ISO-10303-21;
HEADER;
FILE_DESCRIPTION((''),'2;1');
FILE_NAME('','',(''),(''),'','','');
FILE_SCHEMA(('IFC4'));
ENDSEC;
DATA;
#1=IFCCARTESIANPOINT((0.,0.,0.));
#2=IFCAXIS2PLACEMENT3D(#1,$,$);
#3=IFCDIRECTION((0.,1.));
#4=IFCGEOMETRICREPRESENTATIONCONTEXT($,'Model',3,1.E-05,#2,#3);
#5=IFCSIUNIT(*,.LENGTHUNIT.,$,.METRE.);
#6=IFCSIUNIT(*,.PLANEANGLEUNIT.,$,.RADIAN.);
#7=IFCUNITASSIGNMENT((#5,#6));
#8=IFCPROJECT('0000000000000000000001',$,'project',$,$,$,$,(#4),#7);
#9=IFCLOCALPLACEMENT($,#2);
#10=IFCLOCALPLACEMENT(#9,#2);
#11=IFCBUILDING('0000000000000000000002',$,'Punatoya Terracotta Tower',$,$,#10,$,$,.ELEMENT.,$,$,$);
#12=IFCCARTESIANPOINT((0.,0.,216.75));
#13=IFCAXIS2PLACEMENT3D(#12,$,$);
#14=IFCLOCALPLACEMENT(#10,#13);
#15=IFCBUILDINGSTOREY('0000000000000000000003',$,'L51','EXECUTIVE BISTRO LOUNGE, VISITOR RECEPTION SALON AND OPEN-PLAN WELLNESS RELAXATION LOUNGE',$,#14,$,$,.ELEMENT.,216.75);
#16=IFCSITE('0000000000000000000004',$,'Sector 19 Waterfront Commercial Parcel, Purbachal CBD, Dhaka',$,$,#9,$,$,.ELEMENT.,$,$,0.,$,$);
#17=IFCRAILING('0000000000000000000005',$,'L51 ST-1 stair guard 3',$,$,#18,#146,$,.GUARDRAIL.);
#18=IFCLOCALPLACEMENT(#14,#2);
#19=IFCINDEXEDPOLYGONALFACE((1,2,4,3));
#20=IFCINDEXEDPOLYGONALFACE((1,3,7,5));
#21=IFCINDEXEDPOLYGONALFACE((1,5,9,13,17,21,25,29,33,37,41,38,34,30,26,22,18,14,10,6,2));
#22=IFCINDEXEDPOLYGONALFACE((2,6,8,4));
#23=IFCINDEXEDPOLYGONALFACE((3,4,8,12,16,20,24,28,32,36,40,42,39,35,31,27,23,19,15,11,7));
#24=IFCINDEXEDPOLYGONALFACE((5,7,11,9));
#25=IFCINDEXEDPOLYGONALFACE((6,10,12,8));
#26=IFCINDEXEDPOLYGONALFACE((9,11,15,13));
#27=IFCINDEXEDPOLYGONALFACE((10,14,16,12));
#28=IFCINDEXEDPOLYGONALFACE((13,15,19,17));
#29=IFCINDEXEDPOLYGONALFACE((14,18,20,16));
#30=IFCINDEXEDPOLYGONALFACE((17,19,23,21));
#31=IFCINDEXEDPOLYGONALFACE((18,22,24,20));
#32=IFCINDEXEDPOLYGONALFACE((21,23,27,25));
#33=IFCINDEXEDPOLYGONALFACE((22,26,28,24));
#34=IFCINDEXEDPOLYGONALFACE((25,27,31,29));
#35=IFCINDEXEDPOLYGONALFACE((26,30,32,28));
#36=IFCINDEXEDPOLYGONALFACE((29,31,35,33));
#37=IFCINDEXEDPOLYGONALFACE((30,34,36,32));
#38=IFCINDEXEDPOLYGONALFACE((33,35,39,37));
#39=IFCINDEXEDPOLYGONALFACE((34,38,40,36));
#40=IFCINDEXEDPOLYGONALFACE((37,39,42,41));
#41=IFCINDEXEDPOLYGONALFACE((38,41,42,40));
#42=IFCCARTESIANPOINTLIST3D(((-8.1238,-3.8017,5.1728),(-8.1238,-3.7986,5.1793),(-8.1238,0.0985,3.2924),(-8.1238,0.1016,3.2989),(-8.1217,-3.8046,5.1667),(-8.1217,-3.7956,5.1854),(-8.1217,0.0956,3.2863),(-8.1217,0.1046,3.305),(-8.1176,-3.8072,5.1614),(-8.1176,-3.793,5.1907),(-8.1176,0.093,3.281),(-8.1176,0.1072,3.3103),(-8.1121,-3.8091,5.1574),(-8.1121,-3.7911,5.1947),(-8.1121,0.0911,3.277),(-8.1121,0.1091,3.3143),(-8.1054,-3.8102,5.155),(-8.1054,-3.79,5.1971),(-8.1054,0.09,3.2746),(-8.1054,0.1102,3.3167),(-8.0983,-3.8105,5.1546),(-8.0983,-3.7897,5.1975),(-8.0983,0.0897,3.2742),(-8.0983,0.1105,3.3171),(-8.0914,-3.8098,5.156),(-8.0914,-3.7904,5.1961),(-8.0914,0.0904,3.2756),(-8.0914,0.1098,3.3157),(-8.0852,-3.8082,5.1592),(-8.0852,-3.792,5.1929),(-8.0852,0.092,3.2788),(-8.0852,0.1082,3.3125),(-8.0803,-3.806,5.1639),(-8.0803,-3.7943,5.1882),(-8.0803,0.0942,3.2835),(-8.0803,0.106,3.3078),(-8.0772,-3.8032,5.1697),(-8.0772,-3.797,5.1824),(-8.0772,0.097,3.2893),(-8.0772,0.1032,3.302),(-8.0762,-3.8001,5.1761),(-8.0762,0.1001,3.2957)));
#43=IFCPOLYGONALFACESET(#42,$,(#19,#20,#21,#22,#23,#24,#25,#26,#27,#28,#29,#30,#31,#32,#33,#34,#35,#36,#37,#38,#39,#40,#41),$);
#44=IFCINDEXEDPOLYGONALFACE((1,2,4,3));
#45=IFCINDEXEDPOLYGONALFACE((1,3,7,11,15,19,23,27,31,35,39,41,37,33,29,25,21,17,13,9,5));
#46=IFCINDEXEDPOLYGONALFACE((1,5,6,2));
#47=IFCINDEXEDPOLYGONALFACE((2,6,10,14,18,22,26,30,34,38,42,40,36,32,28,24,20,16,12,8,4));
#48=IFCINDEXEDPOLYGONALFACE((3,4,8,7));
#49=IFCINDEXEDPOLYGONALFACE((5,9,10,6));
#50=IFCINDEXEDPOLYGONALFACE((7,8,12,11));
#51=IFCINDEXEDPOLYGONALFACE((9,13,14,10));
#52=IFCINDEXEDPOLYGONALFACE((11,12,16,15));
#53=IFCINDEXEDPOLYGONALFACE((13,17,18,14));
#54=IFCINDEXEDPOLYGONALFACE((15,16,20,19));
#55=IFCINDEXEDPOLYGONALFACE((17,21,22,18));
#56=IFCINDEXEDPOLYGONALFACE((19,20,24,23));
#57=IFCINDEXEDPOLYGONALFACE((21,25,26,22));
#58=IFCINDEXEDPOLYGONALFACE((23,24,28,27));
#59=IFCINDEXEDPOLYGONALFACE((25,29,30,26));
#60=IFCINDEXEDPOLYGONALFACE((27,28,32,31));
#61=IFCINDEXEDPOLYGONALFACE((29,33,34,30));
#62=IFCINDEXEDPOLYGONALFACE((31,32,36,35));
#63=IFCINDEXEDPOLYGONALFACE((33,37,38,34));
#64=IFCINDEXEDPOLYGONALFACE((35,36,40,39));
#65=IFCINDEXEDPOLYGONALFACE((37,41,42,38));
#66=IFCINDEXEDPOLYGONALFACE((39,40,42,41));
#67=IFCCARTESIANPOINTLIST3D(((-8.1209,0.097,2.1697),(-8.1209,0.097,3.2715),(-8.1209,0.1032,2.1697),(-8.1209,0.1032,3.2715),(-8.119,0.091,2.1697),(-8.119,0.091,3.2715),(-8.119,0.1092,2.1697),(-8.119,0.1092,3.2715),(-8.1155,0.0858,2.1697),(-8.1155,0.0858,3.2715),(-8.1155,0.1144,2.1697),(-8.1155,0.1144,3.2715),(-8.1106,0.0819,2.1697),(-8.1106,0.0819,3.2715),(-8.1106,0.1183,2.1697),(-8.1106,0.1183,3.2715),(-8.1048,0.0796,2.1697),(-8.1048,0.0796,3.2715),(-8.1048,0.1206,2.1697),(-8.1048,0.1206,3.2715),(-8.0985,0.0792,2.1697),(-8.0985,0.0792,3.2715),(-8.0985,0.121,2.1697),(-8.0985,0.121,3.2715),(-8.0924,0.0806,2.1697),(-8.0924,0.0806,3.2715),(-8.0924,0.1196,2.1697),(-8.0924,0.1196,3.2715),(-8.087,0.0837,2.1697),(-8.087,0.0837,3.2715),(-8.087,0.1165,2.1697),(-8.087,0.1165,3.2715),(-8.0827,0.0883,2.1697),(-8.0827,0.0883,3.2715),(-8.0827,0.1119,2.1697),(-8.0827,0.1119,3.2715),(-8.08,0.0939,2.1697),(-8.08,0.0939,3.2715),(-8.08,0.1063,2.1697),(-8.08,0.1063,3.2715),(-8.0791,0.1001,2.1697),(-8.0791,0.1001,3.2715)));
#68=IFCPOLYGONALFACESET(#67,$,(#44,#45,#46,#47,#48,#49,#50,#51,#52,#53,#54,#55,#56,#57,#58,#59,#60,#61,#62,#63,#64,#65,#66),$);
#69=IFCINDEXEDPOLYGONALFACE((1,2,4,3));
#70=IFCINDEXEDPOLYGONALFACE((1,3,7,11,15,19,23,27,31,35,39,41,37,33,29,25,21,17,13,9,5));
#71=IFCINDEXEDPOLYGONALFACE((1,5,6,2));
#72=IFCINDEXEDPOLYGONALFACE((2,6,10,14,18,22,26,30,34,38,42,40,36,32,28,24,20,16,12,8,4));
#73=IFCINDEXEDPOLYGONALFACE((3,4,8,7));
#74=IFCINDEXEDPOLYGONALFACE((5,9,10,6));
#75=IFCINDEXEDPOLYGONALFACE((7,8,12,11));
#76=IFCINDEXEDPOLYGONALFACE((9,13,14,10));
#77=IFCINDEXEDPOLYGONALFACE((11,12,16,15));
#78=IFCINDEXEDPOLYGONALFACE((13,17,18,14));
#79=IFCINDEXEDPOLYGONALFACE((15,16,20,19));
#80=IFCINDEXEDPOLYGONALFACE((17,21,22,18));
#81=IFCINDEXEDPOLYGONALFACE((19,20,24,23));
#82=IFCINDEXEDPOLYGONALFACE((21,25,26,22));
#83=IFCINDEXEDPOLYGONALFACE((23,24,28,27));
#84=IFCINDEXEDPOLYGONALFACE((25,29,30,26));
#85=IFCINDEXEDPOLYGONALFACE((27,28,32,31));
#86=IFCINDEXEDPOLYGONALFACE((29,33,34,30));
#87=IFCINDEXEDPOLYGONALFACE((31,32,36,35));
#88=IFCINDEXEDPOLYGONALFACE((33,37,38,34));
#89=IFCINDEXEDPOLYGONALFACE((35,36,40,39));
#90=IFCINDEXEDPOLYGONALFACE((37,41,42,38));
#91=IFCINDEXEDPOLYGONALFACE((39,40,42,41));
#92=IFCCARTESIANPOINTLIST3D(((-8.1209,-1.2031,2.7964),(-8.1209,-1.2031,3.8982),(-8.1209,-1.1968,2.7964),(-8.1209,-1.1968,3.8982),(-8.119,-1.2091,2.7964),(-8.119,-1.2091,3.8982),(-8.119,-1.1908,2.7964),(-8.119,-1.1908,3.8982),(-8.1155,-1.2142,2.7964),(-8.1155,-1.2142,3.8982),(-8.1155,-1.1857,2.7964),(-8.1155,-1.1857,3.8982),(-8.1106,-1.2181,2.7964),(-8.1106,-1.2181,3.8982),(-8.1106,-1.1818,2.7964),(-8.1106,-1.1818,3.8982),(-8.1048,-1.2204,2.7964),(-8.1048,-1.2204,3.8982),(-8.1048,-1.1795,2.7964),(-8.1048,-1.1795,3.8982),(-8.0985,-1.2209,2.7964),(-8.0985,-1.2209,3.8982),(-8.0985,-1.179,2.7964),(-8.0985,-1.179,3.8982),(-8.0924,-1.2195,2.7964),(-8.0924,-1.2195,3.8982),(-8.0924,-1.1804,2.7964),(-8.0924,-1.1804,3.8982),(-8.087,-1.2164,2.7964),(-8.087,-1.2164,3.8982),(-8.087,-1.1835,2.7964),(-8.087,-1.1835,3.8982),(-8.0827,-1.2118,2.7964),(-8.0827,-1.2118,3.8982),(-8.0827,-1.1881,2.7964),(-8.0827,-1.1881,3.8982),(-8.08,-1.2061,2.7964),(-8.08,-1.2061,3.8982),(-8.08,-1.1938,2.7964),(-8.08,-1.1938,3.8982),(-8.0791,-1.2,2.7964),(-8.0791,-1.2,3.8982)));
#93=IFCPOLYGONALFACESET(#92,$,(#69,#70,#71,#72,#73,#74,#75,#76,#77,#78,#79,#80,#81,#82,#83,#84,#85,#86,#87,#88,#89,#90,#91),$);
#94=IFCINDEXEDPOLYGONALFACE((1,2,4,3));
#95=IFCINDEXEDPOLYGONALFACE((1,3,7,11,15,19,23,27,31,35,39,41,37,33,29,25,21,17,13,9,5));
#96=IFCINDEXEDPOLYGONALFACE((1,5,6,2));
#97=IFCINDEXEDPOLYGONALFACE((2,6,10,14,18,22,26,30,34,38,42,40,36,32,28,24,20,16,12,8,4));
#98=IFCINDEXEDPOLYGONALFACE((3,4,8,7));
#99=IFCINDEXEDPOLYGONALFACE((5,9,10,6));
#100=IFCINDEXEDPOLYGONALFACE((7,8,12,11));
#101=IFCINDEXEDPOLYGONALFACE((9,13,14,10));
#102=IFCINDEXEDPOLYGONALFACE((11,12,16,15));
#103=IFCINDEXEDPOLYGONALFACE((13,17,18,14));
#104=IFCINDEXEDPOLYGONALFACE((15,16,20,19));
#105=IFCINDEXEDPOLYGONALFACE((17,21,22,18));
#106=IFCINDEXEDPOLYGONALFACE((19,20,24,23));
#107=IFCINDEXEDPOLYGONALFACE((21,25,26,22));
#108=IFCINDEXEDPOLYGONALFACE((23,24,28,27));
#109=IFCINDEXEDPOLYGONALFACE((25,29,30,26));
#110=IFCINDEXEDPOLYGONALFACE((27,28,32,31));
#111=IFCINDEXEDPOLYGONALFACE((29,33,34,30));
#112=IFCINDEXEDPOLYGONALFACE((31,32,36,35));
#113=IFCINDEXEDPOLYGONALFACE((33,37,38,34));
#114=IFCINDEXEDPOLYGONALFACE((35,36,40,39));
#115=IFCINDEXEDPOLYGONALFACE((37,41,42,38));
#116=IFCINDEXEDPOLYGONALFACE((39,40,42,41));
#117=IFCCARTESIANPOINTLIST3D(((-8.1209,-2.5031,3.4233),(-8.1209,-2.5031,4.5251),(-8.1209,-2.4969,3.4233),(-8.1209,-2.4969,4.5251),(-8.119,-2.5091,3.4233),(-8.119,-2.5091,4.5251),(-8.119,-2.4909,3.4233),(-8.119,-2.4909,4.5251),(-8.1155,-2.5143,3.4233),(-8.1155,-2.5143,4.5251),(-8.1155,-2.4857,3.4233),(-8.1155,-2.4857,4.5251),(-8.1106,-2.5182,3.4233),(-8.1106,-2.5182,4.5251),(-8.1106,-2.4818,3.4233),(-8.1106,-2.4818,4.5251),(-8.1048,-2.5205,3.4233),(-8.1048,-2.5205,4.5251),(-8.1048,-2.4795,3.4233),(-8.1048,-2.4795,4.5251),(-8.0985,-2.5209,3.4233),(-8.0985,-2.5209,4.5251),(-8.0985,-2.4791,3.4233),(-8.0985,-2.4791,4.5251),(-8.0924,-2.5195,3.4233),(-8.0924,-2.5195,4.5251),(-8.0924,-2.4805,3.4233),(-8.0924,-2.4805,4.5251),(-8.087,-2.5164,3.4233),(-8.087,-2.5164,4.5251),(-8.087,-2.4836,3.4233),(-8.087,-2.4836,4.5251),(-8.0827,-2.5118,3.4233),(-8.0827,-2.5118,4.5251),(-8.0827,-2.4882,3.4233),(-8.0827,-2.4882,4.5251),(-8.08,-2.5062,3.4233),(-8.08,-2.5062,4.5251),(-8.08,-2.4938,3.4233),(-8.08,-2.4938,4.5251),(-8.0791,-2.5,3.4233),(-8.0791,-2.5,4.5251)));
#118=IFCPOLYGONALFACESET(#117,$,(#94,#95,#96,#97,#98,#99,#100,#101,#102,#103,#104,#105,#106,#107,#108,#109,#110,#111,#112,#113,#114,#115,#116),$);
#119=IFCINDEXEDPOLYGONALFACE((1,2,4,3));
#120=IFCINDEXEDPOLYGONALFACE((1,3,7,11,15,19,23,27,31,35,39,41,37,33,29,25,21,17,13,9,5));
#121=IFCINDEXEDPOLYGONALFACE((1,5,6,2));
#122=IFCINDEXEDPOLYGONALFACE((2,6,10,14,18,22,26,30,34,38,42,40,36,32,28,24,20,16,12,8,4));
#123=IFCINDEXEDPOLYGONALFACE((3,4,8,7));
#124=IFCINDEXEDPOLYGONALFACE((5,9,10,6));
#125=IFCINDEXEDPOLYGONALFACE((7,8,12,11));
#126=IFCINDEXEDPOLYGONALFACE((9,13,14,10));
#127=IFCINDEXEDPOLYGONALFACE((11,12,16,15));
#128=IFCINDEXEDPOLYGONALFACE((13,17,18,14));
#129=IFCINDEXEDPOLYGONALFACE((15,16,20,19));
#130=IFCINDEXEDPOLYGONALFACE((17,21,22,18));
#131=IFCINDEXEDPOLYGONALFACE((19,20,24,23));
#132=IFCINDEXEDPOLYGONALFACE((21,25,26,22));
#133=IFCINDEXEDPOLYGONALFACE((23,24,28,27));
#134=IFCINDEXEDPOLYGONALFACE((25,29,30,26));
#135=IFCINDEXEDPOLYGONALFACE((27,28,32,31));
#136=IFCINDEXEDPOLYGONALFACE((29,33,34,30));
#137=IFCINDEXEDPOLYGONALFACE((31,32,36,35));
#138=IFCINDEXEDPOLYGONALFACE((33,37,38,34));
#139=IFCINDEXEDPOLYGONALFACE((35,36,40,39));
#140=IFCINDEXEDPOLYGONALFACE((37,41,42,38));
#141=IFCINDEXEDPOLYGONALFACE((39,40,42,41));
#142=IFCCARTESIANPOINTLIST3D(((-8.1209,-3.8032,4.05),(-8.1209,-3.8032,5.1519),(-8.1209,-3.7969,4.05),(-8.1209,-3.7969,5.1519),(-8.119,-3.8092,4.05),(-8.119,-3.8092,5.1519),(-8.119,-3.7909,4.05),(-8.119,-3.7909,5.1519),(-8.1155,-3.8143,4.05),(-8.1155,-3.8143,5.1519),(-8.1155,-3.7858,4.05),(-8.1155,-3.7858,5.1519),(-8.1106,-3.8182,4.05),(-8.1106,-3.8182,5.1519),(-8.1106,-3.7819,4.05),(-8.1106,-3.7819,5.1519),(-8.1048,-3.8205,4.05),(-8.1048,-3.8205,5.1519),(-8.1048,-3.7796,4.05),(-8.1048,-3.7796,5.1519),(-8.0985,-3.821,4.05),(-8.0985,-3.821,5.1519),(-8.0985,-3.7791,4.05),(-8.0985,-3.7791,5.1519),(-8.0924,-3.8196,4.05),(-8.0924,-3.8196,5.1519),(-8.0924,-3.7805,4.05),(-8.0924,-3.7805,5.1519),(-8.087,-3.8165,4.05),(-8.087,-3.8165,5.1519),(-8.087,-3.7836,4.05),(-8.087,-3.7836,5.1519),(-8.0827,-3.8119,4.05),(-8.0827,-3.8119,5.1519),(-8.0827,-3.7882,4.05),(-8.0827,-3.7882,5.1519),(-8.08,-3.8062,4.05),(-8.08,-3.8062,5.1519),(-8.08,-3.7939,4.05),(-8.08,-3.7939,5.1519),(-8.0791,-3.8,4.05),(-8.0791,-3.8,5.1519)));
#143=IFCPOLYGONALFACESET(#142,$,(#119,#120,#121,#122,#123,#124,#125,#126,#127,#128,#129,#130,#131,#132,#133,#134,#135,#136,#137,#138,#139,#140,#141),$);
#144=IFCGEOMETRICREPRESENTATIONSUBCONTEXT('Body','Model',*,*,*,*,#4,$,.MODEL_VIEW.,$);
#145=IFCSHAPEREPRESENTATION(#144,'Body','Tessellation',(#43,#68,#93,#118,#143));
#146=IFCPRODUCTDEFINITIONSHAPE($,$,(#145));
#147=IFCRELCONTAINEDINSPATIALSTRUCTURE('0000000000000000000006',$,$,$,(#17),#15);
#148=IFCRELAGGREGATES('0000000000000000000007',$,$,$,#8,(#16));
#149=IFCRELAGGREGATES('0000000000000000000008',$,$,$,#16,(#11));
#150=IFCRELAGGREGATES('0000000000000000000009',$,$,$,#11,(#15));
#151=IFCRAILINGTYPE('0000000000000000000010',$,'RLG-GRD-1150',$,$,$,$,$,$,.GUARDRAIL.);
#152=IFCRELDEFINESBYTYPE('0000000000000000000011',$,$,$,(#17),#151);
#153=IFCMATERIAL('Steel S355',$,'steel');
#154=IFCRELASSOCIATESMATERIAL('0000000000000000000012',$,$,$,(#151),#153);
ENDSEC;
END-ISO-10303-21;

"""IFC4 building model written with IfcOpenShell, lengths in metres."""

from ifc_helpers import new_model, si_unit, direction, frame, origin, origin_2d, place, context, subcontext, project, spatial, circle, extrude, material, type_object, element, save


model = new_model("IFC4")

# Units and contexts
model_context = context("Model", 3, precision=1e-05, world=origin(), true_north=direction((0.0, 1.0)))
body_context = subcontext(model_context, "Body", "Model", "MODEL_VIEW")
ifc_project = project(units=[si_unit("LENGTHUNIT", "METRE"), si_unit("PLANEANGLEUNIT", "RADIAN")], contexts=[model_context])

# Site, building, storey
site_placement = place(None, origin())
site = spatial("IfcSite", under=ifc_project, at=site_placement, Name="Sector 19 Waterfront Commercial Parcel, Purbachal CBD, Dhaka", CompositionType="ELEMENT", RefElevation=0.0)
building_placement = place(site_placement, origin())
building = spatial("IfcBuilding", under=site, at=building_placement, Name="Punatoya Terracotta Tower", CompositionType="ELEMENT")
storey_placement = place(building_placement, frame((0.0, 0.0, 216.75)))
storey = spatial("IfcBuildingStorey", under=building, at=storey_placement, Name="L51", Description="EXECUTIVE BISTRO LOUNGE, VISITOR RECEPTION SALON AND OPEN-PLAN WELLNESS RELAXATION LOUNGE", CompositionType="ELEMENT", Elevation=216.75)

# Shared definitions
ifc_material_1 = material(Name="Steel S355", Category="steel")

# Railing
railing_type_1 = type_object("IfcRailingType", Name="RLG-GRD-1150", PredefinedType="GUARDRAIL", material=ifc_material_1)
railing_1_placement = place(storey_placement, frame((-8.1001, 0.1001, 2.1697)))
element("IfcRailing", 1, at=railing_1_placement, inside=storey, type_object=railing_type_1, Name="L51 ST-1 stair guard 3", PredefinedType="GUARDRAIL", context=body_context, shape_type="SweptSolid", body=[
    extrude(circle(Radius=0.0239, at=origin_2d()), frame((0.0, 0.0, 1.126), z_axis=(0.0, -0.900774, 0.434289), x_axis=(1.0, 0.0, 0.0)), (0.0, 0.0, 1.0), 4.3298),
    extrude(circle(Radius=0.021, at=origin_2d()), origin(), (0.0, 0.0, 1.0), 1.1018),
    extrude(circle(Radius=0.021, at=origin_2d()), frame((0.0, -1.3, 0.6267)), (0.0, 0.0, 1.0), 1.1018),
    extrude(circle(Radius=0.021, at=origin_2d()), frame((0.0, -2.6001, 1.2537)), (0.0, 0.0, 1.0), 1.1018),
    extrude(circle(Radius=0.021, at=origin_2d()), frame((0.0, -3.9001, 1.8804)), (0.0, 0.0, 1.0), 1.1018),
])

save(model, "model.ifc")
